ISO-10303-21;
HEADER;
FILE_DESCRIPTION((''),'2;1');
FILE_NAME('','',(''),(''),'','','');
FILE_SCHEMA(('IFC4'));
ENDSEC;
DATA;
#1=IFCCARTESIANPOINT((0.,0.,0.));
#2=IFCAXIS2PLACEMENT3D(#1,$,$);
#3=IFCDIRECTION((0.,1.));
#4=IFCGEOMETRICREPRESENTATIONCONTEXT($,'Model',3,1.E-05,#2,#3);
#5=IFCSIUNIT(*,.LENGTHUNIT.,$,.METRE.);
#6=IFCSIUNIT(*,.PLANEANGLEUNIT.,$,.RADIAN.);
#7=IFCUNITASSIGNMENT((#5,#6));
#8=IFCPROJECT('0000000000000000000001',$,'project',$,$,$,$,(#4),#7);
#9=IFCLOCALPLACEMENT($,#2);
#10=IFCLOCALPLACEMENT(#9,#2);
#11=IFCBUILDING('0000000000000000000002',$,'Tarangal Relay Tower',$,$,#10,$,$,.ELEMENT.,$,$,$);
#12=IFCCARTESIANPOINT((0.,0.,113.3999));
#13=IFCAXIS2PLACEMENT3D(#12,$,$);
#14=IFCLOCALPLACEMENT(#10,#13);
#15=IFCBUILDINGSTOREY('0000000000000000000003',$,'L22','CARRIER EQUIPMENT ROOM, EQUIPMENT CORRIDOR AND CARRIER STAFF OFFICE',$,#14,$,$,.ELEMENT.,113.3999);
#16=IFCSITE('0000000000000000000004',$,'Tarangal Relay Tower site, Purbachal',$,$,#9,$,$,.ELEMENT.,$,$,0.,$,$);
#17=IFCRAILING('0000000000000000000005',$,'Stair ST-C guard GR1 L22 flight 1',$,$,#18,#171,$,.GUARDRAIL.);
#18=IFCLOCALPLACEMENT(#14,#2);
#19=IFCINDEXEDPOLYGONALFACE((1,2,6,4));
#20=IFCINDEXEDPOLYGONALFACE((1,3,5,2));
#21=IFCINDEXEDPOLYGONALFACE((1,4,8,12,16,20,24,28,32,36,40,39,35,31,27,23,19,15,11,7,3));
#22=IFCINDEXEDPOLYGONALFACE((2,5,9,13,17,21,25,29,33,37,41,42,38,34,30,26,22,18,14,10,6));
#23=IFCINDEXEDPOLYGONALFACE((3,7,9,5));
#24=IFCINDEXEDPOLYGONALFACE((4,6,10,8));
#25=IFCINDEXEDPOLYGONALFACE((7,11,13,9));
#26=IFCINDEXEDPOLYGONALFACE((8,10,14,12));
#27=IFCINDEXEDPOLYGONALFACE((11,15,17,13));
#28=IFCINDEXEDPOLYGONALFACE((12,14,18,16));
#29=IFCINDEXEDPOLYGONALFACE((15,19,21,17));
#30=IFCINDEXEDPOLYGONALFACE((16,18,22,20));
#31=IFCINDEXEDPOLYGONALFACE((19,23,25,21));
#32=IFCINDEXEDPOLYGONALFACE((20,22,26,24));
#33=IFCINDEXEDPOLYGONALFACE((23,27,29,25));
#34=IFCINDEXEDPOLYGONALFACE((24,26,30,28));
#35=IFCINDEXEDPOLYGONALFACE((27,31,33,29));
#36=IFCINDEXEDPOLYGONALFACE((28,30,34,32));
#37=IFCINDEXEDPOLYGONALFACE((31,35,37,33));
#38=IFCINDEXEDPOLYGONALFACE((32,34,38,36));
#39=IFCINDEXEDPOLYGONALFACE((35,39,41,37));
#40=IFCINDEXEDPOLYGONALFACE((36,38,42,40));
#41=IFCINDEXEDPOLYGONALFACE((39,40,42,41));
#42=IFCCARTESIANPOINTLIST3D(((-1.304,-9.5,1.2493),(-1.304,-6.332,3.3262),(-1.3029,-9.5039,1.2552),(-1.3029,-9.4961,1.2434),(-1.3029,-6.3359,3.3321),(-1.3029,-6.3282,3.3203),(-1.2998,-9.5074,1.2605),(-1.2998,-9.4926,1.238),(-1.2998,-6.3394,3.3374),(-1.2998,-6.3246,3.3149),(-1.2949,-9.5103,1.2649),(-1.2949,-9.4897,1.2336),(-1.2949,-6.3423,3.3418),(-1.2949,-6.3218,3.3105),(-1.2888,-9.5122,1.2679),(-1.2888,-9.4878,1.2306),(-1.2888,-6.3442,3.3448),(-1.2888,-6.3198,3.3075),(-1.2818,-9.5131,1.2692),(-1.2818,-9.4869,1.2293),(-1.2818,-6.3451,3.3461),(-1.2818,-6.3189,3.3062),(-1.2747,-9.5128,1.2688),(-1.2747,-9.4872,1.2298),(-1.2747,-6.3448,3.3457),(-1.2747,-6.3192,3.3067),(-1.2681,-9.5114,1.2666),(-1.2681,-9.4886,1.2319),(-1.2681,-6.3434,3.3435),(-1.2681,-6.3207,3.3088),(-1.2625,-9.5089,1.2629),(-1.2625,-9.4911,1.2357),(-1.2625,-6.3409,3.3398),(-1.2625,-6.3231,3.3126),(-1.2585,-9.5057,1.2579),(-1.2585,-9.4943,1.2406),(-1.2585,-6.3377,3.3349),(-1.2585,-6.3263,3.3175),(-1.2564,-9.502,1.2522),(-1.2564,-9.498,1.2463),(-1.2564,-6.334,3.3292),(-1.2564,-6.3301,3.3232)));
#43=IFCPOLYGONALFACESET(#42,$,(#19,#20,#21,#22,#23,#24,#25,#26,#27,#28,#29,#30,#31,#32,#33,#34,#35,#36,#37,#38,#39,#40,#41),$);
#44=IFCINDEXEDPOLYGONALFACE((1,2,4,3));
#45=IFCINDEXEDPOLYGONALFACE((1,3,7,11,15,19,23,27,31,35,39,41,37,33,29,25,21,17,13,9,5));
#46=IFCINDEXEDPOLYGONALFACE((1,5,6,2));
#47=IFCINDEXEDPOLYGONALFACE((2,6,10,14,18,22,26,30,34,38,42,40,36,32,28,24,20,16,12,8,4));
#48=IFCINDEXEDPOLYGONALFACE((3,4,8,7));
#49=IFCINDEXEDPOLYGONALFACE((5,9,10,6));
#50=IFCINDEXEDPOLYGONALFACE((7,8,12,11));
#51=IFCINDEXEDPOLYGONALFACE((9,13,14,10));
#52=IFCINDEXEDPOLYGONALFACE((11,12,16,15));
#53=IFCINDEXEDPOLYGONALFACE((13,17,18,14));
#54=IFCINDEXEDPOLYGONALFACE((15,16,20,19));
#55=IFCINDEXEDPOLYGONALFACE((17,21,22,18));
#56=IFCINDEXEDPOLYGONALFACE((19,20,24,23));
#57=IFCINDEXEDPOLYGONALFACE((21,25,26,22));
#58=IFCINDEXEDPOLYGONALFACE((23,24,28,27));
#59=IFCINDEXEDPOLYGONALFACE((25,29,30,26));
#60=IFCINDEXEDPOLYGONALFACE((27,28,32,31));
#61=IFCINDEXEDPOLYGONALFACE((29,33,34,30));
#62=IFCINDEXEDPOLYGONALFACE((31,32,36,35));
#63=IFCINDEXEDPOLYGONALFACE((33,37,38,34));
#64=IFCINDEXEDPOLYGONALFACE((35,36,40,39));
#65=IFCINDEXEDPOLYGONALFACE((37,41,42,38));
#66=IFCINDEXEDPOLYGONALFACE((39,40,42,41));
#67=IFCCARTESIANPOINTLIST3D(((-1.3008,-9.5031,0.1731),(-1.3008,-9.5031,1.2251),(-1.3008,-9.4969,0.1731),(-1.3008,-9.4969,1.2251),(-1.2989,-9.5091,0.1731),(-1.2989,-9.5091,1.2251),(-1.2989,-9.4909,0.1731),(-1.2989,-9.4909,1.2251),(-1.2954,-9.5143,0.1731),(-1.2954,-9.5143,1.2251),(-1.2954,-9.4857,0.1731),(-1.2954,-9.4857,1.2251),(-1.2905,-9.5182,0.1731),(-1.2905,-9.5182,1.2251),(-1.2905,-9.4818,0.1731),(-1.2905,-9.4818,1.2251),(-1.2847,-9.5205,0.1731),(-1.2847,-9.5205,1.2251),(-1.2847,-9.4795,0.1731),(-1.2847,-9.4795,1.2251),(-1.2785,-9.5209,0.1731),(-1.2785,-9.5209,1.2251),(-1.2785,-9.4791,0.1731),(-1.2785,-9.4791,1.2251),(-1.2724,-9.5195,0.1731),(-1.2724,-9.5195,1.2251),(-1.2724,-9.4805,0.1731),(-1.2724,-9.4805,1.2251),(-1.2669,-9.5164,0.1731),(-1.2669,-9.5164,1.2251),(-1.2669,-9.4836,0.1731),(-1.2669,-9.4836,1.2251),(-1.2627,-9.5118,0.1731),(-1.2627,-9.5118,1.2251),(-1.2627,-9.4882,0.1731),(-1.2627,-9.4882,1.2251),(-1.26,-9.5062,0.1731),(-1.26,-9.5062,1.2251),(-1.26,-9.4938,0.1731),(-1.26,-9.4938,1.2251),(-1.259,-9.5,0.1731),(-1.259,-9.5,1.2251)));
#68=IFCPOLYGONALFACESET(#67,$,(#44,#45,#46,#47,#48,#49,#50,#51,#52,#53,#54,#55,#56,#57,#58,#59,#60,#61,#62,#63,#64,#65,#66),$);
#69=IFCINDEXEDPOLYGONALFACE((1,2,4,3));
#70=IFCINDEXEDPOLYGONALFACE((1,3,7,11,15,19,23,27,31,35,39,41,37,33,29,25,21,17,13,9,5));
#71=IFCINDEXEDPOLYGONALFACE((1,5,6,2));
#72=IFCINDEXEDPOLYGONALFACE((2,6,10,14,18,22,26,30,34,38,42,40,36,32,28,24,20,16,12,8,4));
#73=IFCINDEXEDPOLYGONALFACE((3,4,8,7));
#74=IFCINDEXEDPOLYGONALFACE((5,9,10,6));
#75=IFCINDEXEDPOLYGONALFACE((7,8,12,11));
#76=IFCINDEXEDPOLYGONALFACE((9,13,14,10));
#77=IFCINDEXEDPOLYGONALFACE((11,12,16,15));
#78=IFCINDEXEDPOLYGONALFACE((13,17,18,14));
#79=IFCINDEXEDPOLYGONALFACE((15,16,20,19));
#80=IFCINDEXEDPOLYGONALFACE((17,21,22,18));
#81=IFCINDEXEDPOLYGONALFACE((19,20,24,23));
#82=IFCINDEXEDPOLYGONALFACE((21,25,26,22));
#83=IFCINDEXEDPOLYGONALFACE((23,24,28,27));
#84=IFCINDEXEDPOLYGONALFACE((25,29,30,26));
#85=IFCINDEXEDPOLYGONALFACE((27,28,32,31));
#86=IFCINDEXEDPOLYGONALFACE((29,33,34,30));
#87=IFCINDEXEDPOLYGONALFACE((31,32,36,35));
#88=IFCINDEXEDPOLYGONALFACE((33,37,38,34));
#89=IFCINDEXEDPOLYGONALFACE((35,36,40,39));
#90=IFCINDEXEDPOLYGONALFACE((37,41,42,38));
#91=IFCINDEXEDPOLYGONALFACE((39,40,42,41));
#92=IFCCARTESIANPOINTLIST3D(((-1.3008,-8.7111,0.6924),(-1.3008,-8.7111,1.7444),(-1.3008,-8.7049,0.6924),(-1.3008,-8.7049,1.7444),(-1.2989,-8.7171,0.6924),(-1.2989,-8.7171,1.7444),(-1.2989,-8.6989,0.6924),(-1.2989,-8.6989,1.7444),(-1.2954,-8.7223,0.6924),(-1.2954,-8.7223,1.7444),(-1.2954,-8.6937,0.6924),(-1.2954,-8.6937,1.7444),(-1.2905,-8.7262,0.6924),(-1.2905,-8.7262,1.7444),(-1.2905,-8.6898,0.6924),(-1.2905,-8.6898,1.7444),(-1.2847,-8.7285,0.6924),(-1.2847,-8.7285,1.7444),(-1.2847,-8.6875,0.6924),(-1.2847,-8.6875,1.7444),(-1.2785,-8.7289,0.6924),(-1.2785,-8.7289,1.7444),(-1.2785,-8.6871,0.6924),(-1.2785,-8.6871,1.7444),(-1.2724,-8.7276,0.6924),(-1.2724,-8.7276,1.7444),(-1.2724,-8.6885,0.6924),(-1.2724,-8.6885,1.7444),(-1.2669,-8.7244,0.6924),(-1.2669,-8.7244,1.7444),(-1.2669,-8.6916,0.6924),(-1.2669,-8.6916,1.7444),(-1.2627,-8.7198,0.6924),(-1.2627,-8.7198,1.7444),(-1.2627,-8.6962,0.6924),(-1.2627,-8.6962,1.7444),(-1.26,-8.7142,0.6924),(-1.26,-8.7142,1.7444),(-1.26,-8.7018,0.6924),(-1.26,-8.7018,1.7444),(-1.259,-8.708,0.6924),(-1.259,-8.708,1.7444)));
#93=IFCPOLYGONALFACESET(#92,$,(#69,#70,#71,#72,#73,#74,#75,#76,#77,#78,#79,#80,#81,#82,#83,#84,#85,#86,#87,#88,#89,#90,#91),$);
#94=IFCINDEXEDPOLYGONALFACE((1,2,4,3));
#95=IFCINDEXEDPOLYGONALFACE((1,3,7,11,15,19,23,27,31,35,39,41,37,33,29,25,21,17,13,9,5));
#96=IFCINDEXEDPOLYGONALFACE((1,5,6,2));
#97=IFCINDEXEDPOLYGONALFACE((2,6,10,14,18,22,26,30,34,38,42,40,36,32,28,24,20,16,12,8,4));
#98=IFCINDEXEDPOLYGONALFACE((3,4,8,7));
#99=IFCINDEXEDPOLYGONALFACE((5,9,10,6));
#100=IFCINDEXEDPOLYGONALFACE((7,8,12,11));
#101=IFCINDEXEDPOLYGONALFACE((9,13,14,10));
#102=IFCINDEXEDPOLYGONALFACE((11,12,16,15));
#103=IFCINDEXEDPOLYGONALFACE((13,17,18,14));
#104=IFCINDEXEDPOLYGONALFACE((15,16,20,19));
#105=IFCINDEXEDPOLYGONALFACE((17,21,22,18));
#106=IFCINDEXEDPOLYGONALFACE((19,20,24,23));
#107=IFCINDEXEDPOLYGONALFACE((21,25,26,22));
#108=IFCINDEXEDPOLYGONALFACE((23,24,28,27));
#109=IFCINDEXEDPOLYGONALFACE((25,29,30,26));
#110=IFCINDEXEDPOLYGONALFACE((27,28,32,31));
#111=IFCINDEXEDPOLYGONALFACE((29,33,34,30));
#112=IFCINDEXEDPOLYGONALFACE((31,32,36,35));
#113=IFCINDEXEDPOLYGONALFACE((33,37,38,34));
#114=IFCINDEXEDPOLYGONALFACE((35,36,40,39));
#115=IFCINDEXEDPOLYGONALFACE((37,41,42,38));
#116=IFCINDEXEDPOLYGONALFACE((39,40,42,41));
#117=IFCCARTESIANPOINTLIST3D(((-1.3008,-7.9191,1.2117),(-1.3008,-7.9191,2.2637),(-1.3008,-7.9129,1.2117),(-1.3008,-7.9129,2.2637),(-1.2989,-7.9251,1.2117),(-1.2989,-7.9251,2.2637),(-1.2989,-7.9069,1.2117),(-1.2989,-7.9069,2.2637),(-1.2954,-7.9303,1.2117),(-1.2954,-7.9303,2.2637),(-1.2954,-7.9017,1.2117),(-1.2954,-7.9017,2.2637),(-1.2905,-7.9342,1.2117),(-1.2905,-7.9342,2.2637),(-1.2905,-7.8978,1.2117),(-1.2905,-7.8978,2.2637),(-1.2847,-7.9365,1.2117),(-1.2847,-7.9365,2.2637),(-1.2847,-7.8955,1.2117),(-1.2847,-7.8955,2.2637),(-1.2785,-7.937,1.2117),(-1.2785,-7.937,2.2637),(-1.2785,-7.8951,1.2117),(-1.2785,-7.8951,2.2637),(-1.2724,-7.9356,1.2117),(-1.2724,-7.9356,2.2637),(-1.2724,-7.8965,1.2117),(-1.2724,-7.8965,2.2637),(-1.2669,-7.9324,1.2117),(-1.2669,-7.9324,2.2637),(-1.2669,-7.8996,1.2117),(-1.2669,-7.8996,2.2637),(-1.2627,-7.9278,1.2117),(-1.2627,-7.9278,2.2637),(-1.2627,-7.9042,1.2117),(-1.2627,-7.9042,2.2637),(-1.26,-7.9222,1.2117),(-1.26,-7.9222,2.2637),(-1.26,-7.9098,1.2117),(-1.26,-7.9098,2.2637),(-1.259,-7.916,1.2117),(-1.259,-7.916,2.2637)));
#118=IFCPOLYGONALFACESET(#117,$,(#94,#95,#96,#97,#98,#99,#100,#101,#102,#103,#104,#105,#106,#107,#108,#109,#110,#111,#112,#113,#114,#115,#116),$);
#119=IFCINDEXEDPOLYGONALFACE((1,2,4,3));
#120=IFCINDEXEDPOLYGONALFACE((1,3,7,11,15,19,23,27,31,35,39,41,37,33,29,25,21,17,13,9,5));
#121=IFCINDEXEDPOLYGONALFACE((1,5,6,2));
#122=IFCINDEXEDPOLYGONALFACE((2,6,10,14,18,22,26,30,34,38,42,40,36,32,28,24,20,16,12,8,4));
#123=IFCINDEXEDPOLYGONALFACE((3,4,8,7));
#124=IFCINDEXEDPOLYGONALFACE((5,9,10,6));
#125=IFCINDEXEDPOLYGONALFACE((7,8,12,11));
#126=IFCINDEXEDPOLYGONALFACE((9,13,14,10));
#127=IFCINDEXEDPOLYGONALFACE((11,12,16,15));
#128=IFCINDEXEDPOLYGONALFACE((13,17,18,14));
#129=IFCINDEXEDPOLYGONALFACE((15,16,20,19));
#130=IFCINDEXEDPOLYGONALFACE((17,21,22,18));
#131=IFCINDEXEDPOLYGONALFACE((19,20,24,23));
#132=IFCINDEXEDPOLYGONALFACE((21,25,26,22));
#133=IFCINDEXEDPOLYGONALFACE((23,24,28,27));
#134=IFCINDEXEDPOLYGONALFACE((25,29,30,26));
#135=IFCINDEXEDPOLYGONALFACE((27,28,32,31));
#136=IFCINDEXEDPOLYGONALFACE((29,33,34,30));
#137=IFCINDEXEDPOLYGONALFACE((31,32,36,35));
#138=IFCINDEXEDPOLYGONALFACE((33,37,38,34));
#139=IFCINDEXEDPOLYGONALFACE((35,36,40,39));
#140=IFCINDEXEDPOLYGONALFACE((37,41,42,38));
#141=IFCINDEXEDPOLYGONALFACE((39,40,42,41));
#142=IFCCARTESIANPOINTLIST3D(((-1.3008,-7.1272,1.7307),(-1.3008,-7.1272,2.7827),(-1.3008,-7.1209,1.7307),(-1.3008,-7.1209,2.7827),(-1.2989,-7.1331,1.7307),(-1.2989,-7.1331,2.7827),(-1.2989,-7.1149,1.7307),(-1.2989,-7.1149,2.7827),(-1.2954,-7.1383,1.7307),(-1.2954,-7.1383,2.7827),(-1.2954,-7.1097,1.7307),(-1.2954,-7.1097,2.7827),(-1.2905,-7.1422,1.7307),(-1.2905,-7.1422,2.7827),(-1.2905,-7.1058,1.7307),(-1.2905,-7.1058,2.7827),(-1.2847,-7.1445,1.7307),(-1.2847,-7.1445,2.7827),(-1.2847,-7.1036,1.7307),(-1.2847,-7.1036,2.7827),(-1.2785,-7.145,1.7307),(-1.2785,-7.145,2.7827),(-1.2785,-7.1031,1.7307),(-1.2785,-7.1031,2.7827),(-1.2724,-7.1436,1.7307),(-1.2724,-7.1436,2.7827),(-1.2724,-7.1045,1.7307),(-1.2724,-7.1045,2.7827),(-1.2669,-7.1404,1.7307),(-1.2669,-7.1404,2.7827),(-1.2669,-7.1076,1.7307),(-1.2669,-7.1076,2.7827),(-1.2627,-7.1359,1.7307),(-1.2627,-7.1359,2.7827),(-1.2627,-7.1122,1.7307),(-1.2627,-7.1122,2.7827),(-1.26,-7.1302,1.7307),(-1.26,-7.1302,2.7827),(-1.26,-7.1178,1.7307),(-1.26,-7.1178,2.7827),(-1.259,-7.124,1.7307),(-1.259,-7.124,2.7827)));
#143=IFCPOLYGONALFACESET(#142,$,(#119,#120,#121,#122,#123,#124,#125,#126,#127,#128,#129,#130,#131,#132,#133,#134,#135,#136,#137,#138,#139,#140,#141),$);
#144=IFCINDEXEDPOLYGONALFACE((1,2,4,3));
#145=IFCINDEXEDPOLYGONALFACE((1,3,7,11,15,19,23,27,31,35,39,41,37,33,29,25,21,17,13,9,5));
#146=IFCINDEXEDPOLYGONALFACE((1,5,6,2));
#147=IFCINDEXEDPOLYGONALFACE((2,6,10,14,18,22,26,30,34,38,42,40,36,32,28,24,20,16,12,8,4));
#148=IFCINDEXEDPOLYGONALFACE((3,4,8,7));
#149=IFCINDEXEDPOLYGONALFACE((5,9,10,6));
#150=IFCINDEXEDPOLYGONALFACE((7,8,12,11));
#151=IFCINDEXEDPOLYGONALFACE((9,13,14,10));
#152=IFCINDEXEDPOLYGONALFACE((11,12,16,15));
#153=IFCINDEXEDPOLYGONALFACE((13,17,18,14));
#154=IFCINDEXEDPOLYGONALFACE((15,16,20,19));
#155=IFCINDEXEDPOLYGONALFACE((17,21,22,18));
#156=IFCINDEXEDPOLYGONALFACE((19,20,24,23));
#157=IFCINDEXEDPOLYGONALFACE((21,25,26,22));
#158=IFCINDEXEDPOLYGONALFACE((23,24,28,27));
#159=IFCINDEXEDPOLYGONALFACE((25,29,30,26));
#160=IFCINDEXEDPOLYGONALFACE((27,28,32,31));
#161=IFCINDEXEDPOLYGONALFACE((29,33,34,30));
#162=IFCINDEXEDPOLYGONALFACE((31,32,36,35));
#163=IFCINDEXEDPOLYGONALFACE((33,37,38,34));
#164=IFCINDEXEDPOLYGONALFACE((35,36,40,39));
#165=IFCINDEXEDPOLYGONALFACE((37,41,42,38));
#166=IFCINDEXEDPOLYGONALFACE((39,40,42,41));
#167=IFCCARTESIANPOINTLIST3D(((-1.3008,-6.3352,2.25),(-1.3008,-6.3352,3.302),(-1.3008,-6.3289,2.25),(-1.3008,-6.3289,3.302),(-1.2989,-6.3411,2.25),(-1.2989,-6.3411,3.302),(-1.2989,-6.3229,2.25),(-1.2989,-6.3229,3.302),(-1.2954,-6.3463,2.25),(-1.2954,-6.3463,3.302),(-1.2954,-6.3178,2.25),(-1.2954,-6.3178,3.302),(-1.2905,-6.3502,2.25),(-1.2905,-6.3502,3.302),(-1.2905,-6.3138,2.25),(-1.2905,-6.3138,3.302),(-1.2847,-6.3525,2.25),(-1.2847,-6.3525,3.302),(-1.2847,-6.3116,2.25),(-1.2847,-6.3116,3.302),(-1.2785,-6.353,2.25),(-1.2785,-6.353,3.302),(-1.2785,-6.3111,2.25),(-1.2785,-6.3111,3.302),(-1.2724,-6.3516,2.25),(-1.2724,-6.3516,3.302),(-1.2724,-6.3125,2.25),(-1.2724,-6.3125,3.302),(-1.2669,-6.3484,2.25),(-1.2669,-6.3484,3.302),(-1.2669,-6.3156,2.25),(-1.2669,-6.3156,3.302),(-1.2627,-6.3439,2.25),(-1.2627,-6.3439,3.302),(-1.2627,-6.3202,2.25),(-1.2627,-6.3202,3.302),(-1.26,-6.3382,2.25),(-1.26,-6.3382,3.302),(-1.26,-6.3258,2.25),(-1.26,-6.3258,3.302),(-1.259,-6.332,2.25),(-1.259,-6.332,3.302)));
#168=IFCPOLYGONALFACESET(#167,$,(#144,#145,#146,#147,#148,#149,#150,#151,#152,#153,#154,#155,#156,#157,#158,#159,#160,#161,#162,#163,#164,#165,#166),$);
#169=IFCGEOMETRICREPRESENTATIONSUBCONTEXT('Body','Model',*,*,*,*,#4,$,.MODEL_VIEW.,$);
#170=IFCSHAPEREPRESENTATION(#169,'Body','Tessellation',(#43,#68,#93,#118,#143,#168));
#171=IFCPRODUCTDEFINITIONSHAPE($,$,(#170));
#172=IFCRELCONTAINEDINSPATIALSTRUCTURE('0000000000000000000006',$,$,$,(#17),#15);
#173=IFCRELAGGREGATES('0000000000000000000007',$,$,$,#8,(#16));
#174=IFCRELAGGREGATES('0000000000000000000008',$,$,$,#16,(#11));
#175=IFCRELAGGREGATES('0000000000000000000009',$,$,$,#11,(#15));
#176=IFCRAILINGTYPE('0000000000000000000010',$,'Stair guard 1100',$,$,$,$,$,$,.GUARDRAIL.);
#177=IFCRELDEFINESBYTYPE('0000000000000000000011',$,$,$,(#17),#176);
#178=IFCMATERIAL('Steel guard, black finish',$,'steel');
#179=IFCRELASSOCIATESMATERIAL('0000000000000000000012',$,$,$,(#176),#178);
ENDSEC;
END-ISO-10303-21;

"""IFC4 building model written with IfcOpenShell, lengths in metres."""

from ifc_helpers import new_model, si_unit, direction, frame, origin, origin_2d, place, context, subcontext, project, spatial, circle, extrude, material, type_object, element, save


model = new_model("IFC4")

# Units and contexts
model_context = context("Model", 3, precision=1e-05, world=origin(), true_north=direction((0.0, 1.0)))
body_context = subcontext(model_context, "Body", "Model", "MODEL_VIEW")
ifc_project = project(units=[si_unit("LENGTHUNIT", "METRE"), si_unit("PLANEANGLEUNIT", "RADIAN")], contexts=[model_context])

# Site, building, storey
site_placement = place(None, origin())
site = spatial("IfcSite", under=ifc_project, at=site_placement, Name="Tarangal Relay Tower site, Purbachal", CompositionType="ELEMENT", RefElevation=0.0)
building_placement = place(site_placement, origin())
building = spatial("IfcBuilding", under=site, at=building_placement, Name="Tarangal Relay Tower", CompositionType="ELEMENT")
storey_placement = place(building_placement, frame((0.0, 0.0, 113.3999)))
storey = spatial("IfcBuildingStorey", under=building, at=storey_placement, Name="L22", Description="CARRIER EQUIPMENT ROOM, EQUIPMENT CORRIDOR AND CARRIER STAFF OFFICE", CompositionType="ELEMENT", Elevation=113.3999)

# Railing
ifc_material_1 = material(Name="Steel guard, black finish", Category="steel")
railing_type_1 = type_object("IfcRailingType", Name="Stair guard 1100", PredefinedType="GUARDRAIL", material=ifc_material_1)
railing_1_placement = place(storey_placement, frame((-1.28, -9.5, 0.1731)))
element("IfcRailing", 1, at=railing_1_placement, inside=storey, type_object=railing_type_1, Name="Stair ST-C guard GR1 L22 flight 1", PredefinedType="GUARDRAIL", context=body_context, shape_type="SweptSolid", body=[
    extrude(circle(Radius=0.0239, at=origin_2d()), frame((0.0, 0.0, 1.0762), z_axis=(0.0, 0.836299, 0.548273), x_axis=(-1.0, 0.0, 0.0)), (0.0, 0.0, 1.0), 3.7881),
    extrude(circle(Radius=0.021, at=origin_2d()), origin(), (0.0, 0.0, 1.0), 1.052),
    extrude(circle(Radius=0.021, at=origin_2d()), frame((0.0, 0.792, 0.5193)), (0.0, 0.0, 1.0), 1.052),
    extrude(circle(Radius=0.021, at=origin_2d()), frame((0.0, 1.584, 1.0386)), (0.0, 0.0, 1.0), 1.052),
    extrude(circle(Radius=0.021, at=origin_2d()), frame((0.0, 2.376, 1.5576)), (0.0, 0.0, 1.0), 1.052),
    extrude(circle(Radius=0.021, at=origin_2d()), frame((0.0, 3.168, 2.0769)), (0.0, 0.0, 1.0), 1.052),
])

save(model, "model.ifc")
